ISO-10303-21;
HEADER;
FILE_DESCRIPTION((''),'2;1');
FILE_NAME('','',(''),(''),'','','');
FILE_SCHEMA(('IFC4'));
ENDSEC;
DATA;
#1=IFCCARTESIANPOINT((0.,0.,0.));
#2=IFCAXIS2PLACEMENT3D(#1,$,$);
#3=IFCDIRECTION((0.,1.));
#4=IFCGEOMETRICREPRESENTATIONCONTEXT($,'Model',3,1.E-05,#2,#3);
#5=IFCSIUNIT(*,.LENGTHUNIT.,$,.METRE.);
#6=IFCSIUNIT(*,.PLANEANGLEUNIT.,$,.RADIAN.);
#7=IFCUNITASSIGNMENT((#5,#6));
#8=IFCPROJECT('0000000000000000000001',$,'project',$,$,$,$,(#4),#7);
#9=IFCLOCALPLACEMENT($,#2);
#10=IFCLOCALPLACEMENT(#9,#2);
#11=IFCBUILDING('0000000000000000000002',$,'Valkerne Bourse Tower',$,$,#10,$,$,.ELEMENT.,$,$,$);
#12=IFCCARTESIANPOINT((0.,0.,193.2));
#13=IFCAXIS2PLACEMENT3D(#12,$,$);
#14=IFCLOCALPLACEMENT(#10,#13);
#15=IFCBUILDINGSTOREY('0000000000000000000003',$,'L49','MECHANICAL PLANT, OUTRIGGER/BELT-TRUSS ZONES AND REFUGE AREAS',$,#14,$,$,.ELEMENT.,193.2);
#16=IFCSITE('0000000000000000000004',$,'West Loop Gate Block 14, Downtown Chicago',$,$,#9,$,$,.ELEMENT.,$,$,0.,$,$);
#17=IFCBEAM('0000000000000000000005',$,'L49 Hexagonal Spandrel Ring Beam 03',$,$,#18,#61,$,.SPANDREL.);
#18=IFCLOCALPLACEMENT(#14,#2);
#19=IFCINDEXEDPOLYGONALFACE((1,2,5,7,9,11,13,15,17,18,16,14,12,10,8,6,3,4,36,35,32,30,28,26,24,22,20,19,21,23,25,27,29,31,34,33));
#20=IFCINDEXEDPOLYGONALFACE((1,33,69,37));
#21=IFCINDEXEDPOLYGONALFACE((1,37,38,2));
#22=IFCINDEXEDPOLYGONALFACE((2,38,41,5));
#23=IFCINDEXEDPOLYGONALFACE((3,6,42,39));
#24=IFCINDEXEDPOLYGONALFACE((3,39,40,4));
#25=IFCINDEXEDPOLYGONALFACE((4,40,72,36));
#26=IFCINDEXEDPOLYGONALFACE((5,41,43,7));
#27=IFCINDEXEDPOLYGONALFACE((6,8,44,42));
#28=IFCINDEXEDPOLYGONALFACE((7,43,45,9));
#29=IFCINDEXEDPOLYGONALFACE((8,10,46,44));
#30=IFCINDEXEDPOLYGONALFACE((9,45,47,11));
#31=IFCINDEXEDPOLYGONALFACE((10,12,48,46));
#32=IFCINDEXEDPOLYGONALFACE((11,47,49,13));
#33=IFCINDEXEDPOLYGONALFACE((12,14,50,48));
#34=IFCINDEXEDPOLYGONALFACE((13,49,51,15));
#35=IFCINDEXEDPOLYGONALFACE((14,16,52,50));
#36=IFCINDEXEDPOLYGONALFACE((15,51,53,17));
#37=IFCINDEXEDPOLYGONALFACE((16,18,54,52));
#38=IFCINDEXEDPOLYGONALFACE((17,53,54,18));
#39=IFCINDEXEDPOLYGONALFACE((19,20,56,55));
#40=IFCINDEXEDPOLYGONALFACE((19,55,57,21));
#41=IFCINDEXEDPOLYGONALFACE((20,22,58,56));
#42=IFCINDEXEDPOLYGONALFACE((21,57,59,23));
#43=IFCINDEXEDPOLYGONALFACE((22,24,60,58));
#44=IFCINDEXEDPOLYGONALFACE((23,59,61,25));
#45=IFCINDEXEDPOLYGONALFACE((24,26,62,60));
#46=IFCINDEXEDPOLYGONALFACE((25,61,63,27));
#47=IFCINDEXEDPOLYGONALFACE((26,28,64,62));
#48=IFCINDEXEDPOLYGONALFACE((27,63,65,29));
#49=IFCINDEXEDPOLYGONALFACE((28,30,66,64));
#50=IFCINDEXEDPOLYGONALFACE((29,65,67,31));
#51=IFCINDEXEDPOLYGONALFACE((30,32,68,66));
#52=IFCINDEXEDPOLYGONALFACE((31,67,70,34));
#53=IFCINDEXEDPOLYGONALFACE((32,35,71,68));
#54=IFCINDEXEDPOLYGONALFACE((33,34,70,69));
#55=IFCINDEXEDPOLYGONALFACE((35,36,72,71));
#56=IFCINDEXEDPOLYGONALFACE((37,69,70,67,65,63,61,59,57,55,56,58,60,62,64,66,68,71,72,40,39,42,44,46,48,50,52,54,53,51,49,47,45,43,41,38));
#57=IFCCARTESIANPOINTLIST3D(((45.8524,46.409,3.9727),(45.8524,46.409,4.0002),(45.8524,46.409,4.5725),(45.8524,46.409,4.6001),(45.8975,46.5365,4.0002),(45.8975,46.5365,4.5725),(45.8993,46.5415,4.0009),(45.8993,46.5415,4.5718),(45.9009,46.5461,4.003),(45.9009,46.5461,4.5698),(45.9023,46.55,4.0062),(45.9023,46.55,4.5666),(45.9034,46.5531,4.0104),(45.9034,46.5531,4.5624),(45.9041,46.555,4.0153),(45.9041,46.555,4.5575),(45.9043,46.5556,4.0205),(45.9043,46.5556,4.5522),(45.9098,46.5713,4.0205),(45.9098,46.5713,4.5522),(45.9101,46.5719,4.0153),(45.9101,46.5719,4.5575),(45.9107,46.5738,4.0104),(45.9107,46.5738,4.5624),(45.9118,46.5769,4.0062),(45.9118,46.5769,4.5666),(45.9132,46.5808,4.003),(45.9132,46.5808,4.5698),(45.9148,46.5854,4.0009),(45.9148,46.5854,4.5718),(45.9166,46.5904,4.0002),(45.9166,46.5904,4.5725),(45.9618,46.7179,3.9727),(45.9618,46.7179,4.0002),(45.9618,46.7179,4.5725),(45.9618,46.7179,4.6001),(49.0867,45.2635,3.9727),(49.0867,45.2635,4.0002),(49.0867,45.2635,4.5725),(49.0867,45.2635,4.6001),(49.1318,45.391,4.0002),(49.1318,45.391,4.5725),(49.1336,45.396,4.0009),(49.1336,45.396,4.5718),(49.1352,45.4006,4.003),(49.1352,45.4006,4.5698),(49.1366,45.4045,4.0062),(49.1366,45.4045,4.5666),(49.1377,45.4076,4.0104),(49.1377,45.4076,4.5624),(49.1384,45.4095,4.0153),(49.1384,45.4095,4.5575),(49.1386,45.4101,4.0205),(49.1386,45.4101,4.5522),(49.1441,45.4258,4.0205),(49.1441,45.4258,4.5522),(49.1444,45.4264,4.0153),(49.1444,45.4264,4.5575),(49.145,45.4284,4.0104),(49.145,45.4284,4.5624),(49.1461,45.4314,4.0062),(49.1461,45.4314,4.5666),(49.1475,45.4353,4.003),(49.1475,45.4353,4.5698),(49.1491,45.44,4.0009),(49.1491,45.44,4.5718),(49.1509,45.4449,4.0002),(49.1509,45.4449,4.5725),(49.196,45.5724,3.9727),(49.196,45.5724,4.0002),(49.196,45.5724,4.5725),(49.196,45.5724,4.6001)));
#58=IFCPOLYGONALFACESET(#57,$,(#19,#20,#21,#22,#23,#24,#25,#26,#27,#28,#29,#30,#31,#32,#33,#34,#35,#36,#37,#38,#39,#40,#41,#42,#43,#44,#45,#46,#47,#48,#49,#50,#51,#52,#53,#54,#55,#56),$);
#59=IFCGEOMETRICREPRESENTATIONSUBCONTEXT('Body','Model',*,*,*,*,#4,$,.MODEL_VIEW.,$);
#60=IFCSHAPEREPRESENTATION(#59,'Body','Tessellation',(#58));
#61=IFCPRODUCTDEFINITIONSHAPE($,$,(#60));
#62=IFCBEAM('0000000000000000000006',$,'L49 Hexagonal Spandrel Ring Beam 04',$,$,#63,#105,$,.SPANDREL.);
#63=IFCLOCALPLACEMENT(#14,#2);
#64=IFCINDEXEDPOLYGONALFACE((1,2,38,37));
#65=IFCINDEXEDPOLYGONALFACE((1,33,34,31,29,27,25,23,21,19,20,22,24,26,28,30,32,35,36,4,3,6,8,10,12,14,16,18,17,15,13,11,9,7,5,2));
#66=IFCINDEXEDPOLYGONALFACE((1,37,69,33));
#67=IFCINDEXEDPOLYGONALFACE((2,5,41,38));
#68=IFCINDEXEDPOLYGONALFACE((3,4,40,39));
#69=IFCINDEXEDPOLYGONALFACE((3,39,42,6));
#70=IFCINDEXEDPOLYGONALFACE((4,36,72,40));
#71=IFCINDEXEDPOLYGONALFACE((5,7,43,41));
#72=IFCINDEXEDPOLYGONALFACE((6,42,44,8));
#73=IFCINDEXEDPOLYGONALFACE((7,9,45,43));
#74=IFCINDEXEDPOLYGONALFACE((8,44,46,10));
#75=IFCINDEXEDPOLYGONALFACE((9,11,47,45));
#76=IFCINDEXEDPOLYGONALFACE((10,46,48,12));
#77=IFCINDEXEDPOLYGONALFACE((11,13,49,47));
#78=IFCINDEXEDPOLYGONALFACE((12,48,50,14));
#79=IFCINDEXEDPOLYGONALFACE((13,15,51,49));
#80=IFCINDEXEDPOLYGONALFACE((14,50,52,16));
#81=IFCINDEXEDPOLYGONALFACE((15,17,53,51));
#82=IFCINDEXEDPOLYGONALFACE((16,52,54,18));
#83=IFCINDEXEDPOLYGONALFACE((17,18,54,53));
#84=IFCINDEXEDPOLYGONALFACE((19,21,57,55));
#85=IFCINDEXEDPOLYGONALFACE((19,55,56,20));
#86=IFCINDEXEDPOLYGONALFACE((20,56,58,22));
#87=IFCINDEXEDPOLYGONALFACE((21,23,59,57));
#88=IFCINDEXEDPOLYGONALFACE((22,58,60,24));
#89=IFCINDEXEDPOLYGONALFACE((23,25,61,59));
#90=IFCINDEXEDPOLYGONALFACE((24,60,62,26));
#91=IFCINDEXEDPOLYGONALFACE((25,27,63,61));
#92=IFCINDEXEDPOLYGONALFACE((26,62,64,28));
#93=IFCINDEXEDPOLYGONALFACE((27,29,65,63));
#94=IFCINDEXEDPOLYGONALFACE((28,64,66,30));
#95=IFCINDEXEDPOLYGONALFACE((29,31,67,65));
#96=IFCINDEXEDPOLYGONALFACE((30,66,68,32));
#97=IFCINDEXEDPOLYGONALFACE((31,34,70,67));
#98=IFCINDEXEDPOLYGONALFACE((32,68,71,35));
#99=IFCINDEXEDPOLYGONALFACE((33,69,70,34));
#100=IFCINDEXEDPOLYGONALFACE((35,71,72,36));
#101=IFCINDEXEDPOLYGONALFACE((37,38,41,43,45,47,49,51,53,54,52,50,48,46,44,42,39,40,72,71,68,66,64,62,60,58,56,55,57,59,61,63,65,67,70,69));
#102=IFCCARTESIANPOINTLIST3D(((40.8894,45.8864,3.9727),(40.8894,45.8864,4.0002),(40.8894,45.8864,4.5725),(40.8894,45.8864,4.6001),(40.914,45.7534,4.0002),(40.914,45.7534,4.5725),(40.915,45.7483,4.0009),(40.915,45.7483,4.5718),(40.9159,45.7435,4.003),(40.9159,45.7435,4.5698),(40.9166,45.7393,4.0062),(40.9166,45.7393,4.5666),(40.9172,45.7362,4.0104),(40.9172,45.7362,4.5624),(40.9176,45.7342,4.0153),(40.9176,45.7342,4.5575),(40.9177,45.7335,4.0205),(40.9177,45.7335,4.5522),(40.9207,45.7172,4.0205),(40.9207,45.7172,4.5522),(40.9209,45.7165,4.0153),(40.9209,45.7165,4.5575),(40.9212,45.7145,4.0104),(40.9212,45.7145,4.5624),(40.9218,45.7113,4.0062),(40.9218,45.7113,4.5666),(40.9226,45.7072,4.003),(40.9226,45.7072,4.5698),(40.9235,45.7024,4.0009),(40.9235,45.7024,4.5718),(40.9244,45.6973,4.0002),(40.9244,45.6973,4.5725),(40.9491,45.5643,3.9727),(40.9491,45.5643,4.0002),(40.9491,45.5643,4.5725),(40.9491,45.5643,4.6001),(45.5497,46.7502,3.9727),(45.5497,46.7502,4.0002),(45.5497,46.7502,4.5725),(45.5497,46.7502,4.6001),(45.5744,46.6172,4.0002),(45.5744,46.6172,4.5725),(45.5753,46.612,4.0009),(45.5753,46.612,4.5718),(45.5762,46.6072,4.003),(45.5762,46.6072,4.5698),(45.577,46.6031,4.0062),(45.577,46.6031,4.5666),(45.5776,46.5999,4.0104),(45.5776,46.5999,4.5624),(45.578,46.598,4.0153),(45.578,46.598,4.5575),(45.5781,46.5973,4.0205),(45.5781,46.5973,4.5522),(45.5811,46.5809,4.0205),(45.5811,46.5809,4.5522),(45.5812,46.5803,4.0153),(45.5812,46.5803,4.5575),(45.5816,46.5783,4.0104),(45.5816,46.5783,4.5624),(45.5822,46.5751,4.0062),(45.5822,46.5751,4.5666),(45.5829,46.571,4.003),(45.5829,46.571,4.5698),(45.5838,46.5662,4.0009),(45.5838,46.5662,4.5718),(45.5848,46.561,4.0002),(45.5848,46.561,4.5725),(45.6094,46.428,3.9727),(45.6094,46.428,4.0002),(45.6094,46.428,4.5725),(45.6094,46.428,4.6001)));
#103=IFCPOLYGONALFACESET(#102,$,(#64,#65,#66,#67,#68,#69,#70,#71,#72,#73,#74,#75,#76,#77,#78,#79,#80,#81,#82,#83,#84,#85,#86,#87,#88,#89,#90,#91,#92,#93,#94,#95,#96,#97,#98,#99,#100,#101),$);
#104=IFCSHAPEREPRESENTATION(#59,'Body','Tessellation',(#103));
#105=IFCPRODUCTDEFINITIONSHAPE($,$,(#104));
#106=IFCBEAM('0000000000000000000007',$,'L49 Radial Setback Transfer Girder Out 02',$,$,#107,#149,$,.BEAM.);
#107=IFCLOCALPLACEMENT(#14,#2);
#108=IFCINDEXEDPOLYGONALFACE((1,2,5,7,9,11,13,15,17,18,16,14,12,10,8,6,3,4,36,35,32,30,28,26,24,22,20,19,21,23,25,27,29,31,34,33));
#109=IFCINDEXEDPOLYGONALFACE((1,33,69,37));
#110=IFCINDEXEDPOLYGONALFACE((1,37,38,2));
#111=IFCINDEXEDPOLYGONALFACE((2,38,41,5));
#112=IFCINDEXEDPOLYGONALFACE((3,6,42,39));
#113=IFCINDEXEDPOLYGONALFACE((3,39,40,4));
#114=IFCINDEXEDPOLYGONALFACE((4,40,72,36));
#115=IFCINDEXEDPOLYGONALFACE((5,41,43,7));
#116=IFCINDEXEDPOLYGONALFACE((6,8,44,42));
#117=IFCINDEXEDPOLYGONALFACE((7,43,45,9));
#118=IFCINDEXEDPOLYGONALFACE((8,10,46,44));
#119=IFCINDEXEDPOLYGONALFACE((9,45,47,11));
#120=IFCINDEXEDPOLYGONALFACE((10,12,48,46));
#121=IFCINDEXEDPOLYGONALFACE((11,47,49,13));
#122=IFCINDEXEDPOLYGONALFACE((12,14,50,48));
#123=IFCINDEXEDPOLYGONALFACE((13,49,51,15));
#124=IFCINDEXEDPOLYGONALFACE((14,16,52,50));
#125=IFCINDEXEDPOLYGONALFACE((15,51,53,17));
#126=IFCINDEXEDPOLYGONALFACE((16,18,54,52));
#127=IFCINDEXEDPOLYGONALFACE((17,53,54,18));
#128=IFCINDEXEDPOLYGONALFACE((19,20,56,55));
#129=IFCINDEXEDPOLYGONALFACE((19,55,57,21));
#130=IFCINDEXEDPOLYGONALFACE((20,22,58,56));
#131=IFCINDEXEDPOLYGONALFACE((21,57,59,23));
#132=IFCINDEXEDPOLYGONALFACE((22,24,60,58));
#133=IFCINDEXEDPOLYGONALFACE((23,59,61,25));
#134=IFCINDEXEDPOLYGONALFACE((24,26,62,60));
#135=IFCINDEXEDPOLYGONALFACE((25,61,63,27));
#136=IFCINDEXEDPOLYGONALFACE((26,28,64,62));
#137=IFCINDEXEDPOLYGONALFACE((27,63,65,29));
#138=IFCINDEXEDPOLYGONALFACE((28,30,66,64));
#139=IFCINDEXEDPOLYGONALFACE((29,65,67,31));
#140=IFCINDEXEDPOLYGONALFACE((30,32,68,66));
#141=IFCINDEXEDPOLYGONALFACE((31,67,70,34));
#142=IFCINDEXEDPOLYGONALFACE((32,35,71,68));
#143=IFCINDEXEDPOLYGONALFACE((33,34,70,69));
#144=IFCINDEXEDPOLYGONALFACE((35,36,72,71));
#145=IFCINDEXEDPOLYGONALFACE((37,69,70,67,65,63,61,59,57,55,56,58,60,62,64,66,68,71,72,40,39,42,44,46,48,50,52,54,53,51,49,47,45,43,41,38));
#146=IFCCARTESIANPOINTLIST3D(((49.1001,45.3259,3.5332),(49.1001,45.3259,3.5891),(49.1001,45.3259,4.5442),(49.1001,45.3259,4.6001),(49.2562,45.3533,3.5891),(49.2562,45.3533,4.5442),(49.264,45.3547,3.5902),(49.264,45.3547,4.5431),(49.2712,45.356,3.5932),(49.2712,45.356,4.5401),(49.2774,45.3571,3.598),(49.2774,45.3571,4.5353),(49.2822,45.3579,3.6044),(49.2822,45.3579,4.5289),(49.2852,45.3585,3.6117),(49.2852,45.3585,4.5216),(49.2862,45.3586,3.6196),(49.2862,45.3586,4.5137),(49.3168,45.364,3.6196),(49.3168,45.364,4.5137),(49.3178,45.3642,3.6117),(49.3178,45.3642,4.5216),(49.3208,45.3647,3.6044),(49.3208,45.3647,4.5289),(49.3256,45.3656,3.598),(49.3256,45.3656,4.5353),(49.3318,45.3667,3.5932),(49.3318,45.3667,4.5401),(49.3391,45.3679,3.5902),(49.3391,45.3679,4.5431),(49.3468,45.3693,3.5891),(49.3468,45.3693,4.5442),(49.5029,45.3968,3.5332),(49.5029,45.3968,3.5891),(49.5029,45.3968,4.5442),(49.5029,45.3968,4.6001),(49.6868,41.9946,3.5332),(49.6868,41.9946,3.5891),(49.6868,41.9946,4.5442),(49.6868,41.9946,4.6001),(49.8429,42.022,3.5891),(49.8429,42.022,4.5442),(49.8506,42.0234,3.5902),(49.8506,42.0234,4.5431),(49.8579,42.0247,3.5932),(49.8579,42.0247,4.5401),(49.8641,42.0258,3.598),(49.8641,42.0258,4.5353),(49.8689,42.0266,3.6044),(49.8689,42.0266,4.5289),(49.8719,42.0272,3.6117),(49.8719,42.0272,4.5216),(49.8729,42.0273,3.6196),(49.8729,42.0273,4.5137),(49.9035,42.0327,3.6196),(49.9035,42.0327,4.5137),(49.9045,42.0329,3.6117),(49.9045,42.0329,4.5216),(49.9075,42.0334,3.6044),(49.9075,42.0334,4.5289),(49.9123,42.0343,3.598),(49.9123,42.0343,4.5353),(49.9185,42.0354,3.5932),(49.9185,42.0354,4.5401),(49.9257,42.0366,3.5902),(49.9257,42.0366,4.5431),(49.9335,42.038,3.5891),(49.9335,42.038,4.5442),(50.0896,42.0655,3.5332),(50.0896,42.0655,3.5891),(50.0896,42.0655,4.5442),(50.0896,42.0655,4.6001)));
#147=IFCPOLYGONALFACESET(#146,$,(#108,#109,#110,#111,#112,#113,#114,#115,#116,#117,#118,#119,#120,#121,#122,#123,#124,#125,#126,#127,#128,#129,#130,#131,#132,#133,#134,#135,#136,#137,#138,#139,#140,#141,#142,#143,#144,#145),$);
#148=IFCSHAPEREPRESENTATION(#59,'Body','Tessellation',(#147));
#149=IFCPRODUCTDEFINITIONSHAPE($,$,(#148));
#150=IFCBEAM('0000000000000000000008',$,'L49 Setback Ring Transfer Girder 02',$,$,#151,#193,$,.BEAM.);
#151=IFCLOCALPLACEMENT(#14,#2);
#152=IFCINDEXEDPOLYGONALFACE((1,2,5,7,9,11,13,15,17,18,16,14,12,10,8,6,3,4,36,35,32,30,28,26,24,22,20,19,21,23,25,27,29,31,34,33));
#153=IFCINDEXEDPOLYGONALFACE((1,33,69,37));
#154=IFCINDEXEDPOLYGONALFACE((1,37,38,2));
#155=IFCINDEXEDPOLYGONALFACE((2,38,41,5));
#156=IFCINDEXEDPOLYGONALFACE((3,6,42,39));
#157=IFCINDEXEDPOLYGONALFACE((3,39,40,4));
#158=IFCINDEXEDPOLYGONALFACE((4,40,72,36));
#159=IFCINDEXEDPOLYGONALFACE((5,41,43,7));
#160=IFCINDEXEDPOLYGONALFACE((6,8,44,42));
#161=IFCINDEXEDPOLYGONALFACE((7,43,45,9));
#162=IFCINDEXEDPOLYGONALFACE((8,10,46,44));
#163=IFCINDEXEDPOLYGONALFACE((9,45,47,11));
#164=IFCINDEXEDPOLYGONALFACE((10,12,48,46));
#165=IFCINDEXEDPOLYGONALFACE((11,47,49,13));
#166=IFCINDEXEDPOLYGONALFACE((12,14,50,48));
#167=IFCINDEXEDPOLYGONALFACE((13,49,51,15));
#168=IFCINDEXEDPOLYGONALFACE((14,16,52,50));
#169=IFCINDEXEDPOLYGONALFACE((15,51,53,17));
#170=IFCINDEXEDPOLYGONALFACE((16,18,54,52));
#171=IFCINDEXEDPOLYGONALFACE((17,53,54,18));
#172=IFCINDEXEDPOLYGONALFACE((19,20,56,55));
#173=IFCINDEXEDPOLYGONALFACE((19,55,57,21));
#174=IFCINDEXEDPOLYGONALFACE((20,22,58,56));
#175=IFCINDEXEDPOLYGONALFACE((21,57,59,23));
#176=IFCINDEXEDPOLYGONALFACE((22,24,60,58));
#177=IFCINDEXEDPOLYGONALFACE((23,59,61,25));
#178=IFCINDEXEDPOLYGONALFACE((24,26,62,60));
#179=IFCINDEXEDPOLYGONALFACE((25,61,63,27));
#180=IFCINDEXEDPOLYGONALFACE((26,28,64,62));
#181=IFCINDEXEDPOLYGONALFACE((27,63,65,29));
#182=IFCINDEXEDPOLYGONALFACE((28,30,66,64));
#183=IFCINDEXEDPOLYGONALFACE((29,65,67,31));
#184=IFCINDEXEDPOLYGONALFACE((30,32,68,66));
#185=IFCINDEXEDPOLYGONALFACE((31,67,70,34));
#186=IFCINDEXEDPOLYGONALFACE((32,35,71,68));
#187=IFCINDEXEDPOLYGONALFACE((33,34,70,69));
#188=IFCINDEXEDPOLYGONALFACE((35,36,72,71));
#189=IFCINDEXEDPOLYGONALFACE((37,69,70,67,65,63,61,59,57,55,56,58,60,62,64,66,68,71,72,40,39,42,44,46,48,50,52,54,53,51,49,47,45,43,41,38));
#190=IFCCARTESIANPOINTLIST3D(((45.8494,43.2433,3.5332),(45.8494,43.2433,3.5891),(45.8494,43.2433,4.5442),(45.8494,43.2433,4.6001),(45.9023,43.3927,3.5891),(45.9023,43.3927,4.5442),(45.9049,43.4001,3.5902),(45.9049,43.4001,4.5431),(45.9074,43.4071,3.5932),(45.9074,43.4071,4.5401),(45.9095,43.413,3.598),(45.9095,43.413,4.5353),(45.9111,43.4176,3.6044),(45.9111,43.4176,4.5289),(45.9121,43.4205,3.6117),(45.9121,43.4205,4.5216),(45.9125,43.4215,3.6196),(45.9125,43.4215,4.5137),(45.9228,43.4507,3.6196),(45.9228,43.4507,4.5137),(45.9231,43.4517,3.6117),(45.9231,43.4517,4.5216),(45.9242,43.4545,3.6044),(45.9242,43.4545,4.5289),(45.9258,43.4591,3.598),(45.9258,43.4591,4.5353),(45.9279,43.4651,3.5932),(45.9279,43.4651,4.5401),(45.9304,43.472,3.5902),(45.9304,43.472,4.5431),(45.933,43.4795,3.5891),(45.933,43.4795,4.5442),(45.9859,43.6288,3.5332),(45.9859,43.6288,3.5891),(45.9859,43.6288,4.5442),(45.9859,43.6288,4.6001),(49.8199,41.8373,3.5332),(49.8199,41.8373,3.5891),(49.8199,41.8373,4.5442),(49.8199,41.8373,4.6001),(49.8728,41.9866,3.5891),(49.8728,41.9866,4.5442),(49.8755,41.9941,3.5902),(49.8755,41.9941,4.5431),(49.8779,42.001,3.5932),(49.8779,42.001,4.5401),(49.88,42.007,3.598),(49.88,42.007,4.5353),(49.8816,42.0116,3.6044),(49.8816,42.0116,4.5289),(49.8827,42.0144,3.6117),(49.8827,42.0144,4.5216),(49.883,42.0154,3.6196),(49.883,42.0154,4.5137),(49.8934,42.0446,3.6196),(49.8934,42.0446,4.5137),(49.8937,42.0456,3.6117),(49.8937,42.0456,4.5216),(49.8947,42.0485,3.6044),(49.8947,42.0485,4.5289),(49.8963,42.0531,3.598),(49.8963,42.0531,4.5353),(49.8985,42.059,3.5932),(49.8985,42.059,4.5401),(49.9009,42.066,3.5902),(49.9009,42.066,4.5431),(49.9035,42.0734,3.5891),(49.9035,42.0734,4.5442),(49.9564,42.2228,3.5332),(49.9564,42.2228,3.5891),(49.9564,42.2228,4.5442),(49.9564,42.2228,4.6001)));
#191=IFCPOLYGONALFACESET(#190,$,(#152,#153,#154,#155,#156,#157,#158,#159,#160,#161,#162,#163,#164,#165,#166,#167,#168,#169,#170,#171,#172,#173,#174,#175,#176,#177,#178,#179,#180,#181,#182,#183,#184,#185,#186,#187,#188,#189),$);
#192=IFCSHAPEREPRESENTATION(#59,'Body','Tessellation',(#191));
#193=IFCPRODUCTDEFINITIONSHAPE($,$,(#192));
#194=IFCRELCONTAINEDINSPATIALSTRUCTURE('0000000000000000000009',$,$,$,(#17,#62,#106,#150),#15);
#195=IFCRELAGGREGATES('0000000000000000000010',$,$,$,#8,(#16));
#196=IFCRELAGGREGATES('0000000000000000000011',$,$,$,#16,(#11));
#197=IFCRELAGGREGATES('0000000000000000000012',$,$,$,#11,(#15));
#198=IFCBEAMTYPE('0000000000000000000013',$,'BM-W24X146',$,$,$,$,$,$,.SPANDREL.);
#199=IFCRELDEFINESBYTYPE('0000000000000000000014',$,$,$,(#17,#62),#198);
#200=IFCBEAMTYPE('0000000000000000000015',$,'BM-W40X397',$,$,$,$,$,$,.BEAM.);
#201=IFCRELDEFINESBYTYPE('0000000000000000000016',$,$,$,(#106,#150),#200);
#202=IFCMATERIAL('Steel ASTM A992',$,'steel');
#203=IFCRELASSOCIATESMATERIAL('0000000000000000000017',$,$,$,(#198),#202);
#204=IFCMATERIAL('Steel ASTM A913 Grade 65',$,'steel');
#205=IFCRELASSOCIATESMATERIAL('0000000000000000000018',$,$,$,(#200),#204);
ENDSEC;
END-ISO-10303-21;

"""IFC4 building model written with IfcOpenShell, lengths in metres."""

from ifc_helpers import new_model, si_unit, direction, frame, origin, origin_2d, place, context, subcontext, project, spatial, i_section, extrude, material, material_profile, profile_set, type_object, element, save


model = new_model("IFC4")

# Units and contexts
model_context = context("Model", 3, precision=1e-05, world=origin(), true_north=direction((0.0, 1.0)))
body_context = subcontext(model_context, "Body", "Model", "MODEL_VIEW")
ifc_project = project(units=[si_unit("LENGTHUNIT", "METRE"), si_unit("PLANEANGLEUNIT", "RADIAN")], contexts=[model_context])

# Site, building, storey
site_placement = place(None, origin())
site = spatial("IfcSite", under=ifc_project, at=site_placement, Name="West Loop Gate Block 14, Downtown Chicago", CompositionType="ELEMENT", RefElevation=0.0)
building_placement = place(site_placement, origin())
building = spatial("IfcBuilding", under=site, at=building_placement, Name="Valkerne Bourse Tower", CompositionType="ELEMENT")
storey_placement = place(building_placement, frame((0.0, 0.0, 193.2)))
storey = spatial("IfcBuildingStorey", under=building, at=storey_placement, Name="L49", Description="MECHANICAL PLANT, OUTRIGGER/BELT-TRUSS ZONES AND REFUGE AREAS", CompositionType="ELEMENT", Elevation=193.2)

# Shared definitions
ifc_material_1 = material(Name="Steel ASTM A913 Grade 65", Category="steel")

# Beams
ifc_material_2 = material(Name="Steel ASTM A992", Category="steel")
ifc_material_profile_1 = material_profile(ifc_material_2, i_section(OverallWidth=0.3276, OverallDepth=0.6274, WebThickness=0.0166, FlangeThickness=0.0276, FilletRadius=0.0203, at=origin_2d()), Name="W24X146")
ifc_profile_set_1 = profile_set([ifc_material_profile_1], Name="Steel ASTM A992")
beam_type_1 = type_object("IfcBeamType", Name="BM-W24X146", PredefinedType="SPANDREL", material=ifc_profile_set_1)
beam_1_placement = place(storey_placement, frame((49.1414, 45.418, 4.2864), z_axis=(-0.942627, 0.333847, 0.0), x_axis=(-0.333847, -0.942627, 0.0)))
element("IfcBeam", 1, at=beam_1_placement, inside=storey, type_object=beam_type_1, Name="L49 Hexagonal Spandrel Ring Beam 03", PredefinedType="SPANDREL", context=body_context, shape_type="SweptSolid", body=[
    extrude(i_section(OverallWidth=0.3276, OverallDepth=0.6274, WebThickness=0.0166, FlangeThickness=0.0276, FilletRadius=0.0203, at=origin_2d()), origin(), (0.0, 0.0, 1.0), 3.4312),
])
beam_2_placement = place(storey_placement, frame((45.5796, 46.5891, 4.2864), z_axis=(-0.983254, -0.182239, 0.0), x_axis=(0.182239, -0.983254, 0.0)))
element("IfcBeam", 2, at=beam_2_placement, inside=storey, type_object=beam_type_1, Name="L49 Hexagonal Spandrel Ring Beam 04", PredefinedType="SPANDREL", context=body_context, shape_type="SweptSolid", body=[
    extrude(i_section(OverallWidth=0.3276, OverallDepth=0.6274, WebThickness=0.0166, FlangeThickness=0.0276, FilletRadius=0.0203, at=origin_2d()), origin(), (0.0, 0.0, 1.0), 4.7397),
])
ifc_material_profile_2 = material_profile(ifc_material_1, i_section(OverallWidth=0.4089, OverallDepth=1.0669, WebThickness=0.031, FlangeThickness=0.0559, FilletRadius=0.0305, at=origin_2d()), Name="W40X397")
ifc_profile_set_2 = profile_set([ifc_material_profile_2], Name="Steel ASTM A913 Grade 65")
beam_type_2 = type_object("IfcBeamType", Name="BM-W40X397", PredefinedType="BEAM", material=ifc_profile_set_2)
beam_3_placement = place(storey_placement, frame((49.3015, 45.3613, 4.0667), z_axis=(0.173439, -0.984845, 0.0), x_axis=(0.984845, 0.173439, 0.0)))
element("IfcBeam", 3, at=beam_3_placement, inside=storey, type_object=beam_type_2, Name="L49 Radial Setback Transfer Girder Out 02", PredefinedType="BEAM", context=body_context, shape_type="SweptSolid", body=[
    extrude(i_section(OverallWidth=0.4089, OverallDepth=1.0669, WebThickness=0.031, FlangeThickness=0.0559, FilletRadius=0.0305, at=origin_2d()), origin(), (0.0, 0.0, 1.0), 3.3826),
])
beam_4_placement = place(storey_placement, frame((49.8882, 42.03, 4.0667), z_axis=(-0.942642, 0.333805, 0.0), x_axis=(-0.333805, -0.942642, 0.0)))
element("IfcBeam", 4, at=beam_4_placement, inside=storey, type_object=beam_type_2, Name="L49 Setback Ring Transfer Girder 02", PredefinedType="BEAM", context=body_context, shape_type="SweptSolid", body=[
    extrude(i_section(OverallWidth=0.4089, OverallDepth=1.0669, WebThickness=0.031, FlangeThickness=0.0559, FilletRadius=0.0305, at=origin_2d()), origin(), (0.0, 0.0, 1.0), 4.2122),
])

save(model, "model.ifc")
